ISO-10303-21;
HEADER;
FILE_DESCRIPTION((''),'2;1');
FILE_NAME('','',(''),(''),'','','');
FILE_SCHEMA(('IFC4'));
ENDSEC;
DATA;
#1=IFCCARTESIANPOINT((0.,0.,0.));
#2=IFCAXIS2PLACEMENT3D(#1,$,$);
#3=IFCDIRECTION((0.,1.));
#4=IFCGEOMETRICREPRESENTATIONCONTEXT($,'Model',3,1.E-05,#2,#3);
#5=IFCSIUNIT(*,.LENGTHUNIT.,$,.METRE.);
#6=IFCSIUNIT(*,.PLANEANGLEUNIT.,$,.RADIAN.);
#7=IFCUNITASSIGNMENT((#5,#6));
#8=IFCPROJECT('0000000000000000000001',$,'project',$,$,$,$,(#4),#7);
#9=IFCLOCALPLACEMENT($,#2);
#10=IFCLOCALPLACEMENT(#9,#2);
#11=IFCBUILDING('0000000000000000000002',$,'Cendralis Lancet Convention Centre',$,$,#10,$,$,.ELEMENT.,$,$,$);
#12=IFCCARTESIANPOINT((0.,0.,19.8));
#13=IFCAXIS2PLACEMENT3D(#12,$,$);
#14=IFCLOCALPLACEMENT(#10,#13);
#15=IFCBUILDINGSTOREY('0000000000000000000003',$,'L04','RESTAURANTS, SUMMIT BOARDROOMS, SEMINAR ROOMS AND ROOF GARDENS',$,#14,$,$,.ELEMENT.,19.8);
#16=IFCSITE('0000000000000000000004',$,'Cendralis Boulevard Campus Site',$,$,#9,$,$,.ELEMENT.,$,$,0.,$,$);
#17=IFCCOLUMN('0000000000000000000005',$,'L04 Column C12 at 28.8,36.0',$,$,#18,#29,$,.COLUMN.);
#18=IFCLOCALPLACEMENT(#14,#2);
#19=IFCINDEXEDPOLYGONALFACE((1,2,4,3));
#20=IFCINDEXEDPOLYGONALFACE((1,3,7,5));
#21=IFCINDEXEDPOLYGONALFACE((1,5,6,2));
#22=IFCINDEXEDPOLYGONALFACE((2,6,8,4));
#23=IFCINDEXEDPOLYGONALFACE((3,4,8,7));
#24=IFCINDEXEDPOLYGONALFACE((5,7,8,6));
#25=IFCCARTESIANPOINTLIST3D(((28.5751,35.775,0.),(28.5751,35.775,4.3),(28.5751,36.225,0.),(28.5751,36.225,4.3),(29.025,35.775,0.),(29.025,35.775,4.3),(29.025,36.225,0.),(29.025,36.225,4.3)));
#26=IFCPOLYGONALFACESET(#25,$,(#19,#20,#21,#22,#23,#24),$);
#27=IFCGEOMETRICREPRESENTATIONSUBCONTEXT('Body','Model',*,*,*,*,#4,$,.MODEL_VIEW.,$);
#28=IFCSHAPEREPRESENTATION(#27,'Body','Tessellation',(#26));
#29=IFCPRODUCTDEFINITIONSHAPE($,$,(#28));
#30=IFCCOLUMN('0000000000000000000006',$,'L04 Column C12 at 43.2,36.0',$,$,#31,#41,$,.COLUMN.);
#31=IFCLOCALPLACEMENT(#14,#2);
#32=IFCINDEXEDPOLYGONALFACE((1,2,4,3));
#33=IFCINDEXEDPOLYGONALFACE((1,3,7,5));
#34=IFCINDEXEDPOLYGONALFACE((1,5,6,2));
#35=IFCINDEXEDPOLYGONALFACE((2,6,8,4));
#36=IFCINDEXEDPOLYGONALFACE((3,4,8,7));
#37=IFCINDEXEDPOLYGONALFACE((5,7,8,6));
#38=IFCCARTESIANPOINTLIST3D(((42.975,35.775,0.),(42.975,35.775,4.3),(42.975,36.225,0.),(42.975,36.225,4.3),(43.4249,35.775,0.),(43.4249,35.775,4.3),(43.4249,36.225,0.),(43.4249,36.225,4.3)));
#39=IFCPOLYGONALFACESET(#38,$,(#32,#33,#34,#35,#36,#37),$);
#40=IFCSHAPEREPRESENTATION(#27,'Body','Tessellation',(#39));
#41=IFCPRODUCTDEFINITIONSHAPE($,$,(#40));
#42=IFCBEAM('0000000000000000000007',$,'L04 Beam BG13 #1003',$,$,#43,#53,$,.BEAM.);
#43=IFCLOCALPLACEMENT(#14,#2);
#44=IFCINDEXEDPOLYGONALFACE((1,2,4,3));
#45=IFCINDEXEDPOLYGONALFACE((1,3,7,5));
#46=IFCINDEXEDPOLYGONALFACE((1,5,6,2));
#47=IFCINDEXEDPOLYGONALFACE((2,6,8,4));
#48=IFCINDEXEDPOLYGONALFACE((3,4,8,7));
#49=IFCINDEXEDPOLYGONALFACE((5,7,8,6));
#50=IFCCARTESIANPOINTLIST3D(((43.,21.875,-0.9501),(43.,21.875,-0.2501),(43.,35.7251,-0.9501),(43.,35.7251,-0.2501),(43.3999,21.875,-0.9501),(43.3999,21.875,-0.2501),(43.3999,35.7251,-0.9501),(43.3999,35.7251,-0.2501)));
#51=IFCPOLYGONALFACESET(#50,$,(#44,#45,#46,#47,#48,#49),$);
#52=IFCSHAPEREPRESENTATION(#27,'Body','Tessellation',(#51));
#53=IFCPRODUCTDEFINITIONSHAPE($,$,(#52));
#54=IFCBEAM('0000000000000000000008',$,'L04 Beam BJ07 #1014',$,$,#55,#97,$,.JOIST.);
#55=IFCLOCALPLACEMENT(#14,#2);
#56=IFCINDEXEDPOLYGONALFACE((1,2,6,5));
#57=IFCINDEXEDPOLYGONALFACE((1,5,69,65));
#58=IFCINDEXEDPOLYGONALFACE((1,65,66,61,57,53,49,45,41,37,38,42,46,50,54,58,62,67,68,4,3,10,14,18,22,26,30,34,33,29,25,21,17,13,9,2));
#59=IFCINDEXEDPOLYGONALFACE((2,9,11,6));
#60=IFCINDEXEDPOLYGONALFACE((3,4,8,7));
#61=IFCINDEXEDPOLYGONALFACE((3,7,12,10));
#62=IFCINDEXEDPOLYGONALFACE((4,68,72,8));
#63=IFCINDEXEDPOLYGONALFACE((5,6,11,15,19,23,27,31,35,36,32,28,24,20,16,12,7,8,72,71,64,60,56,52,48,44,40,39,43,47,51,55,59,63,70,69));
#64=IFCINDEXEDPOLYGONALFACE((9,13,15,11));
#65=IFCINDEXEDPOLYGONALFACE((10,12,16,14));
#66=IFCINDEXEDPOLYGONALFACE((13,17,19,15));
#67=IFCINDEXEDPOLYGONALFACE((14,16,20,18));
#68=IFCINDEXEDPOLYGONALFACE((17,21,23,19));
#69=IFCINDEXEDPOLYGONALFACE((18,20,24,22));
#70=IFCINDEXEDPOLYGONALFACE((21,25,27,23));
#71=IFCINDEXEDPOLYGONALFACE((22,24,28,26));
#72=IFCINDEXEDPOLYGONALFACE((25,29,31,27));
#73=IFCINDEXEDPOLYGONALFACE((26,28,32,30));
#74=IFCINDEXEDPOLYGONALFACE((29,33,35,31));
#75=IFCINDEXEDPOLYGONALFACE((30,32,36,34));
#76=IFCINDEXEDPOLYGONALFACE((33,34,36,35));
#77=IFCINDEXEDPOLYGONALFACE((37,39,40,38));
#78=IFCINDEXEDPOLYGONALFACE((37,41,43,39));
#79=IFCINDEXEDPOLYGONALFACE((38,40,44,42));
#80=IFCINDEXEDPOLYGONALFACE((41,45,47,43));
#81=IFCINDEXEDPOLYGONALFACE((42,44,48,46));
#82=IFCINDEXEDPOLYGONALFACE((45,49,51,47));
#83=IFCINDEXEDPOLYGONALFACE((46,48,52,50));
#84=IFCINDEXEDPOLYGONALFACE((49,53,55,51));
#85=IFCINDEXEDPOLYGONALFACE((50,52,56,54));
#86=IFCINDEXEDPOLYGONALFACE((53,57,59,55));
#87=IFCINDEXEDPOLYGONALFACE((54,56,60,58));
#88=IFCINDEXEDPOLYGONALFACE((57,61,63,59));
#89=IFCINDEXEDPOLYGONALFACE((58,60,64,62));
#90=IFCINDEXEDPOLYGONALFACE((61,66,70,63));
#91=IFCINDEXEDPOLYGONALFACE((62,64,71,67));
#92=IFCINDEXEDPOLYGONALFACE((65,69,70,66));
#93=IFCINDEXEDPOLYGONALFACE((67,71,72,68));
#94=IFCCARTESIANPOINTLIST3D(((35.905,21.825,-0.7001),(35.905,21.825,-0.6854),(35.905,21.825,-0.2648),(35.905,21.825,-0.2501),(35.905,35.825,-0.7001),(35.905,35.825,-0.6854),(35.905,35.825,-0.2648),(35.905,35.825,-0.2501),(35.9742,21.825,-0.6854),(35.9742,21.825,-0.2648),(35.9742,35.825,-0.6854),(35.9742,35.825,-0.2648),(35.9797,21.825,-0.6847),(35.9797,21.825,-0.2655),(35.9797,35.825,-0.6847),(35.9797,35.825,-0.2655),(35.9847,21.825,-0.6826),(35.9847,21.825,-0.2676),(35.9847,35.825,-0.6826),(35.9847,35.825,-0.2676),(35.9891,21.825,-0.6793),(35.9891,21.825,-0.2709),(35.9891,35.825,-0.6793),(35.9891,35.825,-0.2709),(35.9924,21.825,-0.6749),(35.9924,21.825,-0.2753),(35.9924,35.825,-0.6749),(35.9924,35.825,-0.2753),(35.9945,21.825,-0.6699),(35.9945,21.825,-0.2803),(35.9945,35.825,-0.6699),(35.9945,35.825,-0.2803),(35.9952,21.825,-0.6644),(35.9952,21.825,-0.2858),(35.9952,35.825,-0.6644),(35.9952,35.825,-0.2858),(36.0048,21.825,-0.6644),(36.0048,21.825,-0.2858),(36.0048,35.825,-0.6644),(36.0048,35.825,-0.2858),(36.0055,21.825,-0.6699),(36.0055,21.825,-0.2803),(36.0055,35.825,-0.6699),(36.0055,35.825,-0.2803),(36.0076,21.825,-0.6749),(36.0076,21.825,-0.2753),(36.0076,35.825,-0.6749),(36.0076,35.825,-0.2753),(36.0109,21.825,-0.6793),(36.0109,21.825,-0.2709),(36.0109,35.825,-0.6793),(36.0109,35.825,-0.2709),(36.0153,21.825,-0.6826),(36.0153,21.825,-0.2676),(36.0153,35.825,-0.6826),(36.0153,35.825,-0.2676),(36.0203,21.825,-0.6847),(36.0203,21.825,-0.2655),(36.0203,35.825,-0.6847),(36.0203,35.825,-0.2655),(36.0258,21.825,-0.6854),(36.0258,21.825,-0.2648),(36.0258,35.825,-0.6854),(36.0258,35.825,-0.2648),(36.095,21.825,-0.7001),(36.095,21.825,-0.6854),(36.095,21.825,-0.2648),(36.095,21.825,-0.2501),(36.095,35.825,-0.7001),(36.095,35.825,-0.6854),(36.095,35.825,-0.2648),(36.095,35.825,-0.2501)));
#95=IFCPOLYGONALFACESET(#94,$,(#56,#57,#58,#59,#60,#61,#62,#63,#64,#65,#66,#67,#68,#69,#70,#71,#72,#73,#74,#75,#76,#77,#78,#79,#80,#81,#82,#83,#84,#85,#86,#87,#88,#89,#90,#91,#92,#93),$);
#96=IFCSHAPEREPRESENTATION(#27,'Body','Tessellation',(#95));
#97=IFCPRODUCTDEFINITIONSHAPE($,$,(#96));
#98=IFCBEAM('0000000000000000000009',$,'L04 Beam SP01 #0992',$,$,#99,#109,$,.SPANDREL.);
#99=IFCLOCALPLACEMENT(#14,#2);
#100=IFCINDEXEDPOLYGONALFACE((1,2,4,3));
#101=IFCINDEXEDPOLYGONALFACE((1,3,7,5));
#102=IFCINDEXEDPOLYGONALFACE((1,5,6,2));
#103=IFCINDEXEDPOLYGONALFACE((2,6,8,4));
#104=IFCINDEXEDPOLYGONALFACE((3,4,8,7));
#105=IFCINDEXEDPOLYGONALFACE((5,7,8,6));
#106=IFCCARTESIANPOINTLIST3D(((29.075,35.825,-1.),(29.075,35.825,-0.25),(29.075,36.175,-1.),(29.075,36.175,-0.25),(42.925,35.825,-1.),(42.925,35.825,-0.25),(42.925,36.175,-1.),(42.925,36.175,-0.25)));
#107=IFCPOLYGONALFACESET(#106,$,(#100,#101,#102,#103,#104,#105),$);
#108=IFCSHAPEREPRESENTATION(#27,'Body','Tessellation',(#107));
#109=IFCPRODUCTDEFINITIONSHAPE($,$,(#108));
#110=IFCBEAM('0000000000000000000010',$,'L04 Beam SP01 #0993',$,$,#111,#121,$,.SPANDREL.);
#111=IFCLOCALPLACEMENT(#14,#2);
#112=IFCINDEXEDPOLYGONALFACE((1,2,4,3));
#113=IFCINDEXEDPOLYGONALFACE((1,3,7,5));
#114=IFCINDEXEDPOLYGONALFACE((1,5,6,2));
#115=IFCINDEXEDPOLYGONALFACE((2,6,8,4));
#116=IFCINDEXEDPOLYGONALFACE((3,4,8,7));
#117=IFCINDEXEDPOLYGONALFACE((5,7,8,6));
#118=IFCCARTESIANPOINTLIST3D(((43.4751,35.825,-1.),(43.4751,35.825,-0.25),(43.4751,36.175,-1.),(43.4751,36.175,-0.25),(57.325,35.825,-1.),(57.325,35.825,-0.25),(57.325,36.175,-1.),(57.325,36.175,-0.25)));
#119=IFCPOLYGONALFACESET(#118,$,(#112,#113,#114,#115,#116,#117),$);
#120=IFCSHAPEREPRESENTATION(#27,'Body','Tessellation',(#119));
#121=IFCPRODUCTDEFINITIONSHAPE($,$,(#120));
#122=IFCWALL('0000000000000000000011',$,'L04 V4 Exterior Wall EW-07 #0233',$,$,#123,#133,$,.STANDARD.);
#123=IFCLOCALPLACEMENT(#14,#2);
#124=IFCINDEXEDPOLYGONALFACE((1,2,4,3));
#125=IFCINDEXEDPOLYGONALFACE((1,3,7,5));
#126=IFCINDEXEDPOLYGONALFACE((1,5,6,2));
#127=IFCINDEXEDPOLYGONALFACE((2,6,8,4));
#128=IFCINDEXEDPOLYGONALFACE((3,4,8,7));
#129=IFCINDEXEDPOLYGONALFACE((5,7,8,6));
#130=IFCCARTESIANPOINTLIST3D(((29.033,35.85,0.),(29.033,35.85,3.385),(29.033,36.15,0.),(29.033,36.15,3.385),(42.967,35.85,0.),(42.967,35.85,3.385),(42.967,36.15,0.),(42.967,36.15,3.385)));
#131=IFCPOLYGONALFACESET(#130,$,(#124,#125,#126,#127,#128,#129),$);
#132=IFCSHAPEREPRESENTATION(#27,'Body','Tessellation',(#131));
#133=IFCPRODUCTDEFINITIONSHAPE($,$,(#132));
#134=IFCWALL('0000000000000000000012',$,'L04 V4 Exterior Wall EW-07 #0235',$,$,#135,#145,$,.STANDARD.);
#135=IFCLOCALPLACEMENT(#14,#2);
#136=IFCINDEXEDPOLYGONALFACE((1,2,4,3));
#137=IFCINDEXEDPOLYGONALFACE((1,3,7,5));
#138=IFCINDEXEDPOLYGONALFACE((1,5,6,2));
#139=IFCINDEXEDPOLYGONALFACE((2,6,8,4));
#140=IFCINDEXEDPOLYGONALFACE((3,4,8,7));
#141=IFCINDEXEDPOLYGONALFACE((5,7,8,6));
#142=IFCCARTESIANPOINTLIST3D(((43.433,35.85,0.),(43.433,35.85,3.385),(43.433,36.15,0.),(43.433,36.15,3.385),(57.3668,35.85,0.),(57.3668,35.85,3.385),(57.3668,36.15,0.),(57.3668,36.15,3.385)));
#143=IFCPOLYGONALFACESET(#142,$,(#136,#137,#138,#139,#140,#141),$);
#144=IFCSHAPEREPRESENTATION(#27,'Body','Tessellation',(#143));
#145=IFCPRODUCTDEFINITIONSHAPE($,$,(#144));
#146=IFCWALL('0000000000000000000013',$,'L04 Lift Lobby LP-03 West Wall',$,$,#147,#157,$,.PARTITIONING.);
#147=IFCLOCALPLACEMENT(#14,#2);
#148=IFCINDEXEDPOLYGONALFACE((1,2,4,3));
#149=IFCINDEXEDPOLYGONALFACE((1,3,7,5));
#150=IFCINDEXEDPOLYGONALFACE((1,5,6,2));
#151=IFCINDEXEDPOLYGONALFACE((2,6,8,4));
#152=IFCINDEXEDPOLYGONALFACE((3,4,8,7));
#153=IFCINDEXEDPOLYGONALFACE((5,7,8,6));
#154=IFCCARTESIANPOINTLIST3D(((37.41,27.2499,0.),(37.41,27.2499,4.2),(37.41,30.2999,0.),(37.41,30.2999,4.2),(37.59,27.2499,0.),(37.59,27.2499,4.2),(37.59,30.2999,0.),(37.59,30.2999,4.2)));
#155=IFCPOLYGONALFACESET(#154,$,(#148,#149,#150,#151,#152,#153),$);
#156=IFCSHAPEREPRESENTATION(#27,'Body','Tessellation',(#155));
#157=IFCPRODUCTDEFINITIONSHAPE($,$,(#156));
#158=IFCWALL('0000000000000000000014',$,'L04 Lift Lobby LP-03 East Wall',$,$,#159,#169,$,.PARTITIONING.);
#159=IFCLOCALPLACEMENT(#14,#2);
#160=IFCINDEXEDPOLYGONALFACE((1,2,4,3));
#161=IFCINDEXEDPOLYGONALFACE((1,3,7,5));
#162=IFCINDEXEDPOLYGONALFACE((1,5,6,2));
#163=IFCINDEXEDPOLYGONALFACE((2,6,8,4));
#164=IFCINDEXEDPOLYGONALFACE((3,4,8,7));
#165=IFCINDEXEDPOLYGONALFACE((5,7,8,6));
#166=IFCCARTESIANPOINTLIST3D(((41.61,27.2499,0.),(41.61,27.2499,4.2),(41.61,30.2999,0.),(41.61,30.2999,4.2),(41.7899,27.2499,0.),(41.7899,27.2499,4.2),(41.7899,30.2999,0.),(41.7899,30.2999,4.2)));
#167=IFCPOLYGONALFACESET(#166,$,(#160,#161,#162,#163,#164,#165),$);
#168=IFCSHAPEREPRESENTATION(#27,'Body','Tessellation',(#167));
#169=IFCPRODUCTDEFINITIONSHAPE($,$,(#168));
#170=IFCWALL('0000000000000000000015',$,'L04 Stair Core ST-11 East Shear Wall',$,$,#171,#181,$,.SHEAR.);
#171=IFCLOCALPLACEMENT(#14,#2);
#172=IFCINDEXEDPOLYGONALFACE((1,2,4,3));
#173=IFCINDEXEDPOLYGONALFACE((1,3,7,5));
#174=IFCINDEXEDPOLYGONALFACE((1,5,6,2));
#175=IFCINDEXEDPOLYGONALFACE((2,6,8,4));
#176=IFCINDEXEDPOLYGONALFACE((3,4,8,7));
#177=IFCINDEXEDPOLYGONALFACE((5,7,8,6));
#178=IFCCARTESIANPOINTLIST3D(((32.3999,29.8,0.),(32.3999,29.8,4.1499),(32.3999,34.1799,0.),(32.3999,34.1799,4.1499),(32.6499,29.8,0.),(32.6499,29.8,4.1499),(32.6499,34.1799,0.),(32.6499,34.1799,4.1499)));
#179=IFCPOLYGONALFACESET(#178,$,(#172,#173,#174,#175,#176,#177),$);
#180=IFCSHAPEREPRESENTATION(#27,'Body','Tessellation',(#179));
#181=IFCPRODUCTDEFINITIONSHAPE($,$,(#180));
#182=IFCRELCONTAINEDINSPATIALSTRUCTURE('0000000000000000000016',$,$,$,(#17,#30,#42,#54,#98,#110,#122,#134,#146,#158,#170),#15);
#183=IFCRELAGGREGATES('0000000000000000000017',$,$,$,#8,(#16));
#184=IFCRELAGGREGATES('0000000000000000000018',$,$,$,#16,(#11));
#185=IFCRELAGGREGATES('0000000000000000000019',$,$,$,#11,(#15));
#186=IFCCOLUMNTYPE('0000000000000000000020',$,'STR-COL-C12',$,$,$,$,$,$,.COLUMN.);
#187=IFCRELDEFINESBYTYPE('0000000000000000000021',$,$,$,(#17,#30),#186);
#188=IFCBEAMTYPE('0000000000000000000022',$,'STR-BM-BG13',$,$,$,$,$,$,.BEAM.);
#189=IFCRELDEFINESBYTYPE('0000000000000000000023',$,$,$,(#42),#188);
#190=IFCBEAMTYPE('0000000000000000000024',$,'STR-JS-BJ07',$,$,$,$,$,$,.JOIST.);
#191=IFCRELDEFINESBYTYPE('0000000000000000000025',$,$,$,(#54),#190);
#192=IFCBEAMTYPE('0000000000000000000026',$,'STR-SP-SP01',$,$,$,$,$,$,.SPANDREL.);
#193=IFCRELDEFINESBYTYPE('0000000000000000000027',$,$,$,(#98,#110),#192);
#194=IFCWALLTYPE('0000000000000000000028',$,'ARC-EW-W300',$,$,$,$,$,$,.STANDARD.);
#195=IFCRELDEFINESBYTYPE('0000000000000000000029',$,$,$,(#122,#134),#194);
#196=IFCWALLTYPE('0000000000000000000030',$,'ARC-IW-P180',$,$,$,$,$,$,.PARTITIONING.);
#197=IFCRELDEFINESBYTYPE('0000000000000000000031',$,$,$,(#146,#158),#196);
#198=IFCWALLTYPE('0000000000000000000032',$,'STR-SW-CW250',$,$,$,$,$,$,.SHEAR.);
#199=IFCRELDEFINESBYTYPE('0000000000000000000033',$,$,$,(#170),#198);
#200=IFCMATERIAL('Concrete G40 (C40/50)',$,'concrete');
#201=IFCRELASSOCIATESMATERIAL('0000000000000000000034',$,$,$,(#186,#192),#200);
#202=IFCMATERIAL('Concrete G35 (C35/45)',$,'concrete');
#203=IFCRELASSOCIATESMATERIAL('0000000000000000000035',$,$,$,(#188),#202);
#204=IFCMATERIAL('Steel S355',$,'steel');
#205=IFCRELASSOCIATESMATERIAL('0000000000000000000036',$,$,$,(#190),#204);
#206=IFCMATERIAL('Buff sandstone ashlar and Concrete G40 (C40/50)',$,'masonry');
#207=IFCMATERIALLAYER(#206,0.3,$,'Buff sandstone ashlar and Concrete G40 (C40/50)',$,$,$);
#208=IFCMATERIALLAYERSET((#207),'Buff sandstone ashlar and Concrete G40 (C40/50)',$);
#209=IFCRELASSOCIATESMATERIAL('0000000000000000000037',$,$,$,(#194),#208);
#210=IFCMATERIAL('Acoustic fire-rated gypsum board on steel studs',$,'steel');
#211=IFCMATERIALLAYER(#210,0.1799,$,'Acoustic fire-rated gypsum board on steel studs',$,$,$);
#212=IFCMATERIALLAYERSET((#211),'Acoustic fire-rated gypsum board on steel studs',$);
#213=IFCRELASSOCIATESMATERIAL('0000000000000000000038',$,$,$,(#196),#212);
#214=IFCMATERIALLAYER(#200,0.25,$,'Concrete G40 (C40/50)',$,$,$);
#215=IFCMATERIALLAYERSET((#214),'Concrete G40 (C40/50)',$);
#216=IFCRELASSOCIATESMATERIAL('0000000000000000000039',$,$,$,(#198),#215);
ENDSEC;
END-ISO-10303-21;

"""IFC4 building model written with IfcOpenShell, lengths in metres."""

from ifc_helpers import new_model, si_unit, direction, frame, frame_2d, origin, origin_2d, place, context, subcontext, project, spatial, rectangle, i_section, extrude, material, layer, layer_set, material_profile, profile_set, type_object, element, save


model = new_model("IFC4")

# Units and contexts
model_context = context("Model", 3, precision=1e-05, world=origin(), true_north=direction((0.0, 1.0)))
body_context = subcontext(model_context, "Body", "Model", "MODEL_VIEW")
ifc_project = project(units=[si_unit("LENGTHUNIT", "METRE"), si_unit("PLANEANGLEUNIT", "RADIAN")], contexts=[model_context])

# Site, building, storey
site_placement = place(None, origin())
site = spatial("IfcSite", under=ifc_project, at=site_placement, Name="Cendralis Boulevard Campus Site", CompositionType="ELEMENT", RefElevation=0.0)
building_placement = place(site_placement, origin())
building = spatial("IfcBuilding", under=site, at=building_placement, Name="Cendralis Lancet Convention Centre", CompositionType="ELEMENT")
storey_placement = place(building_placement, frame((0.0, 0.0, 19.8)))
storey = spatial("IfcBuildingStorey", under=building, at=storey_placement, Name="L04", Description="RESTAURANTS, SUMMIT BOARDROOMS, SEMINAR ROOMS AND ROOF GARDENS", CompositionType="ELEMENT", Elevation=19.8)

# Columns
ifc_material_1 = material(Name="Concrete G40 (C40/50)", Category="concrete")
ifc_material_profile_1 = material_profile(ifc_material_1, rectangle(XDim=0.45, YDim=0.45, at=origin_2d()), Name="RC 450x450")
ifc_profile_set_1 = profile_set([ifc_material_profile_1], Name="Concrete G40 (C40/50)")
column_type = type_object("IfcColumnType", Name="STR-COL-C12", PredefinedType="COLUMN", material=ifc_profile_set_1)
for number, where, z_axis, x_axis, name in (
    (1, (28.8, 36.0, 0.0), (0.0, 0.0, 1.0), (1.0, 0.0, 0.0), "L04 Column C12 at 28.8,36.0"),
    (2, (43.2, 36.0, 0.0), (0.0, 0.0, 1.0), (1.0, 0.0, 0.0), "L04 Column C12 at 43.2,36.0"),
):
    element("IfcColumn", number, at=place(storey_placement, frame(where, z_axis=z_axis, x_axis=x_axis)), inside=storey, type_object=column_type, Name=name, PredefinedType="COLUMN", context=body_context, shape_type="SweptSolid", body=[
        extrude(rectangle(XDim=0.45, YDim=0.45, at=origin_2d()), origin(), (0.0, 0.0, 1.0), 4.3),
    ])

# Beams
ifc_material_2 = material(Name="Concrete G35 (C35/45)", Category="concrete")
ifc_material_profile_2 = material_profile(ifc_material_2, rectangle(XDim=0.3999, YDim=0.7, at=origin_2d()), Name="RCB 400x700")
ifc_profile_set_2 = profile_set([ifc_material_profile_2], Name="Concrete G35 (C35/45)")
beam_type_1 = type_object("IfcBeamType", Name="STR-BM-BG13", PredefinedType="BEAM", material=ifc_profile_set_2)
beam_1_placement = place(storey_placement, frame((43.2, 21.875, -0.6001), z_axis=(0.0, 1.0, 0.0), x_axis=(-1.0, 0.0, 0.0)))
element("IfcBeam", 3, at=beam_1_placement, inside=storey, type_object=beam_type_1, Name="L04 Beam BG13 #1003", PredefinedType="BEAM", context=body_context, shape_type="SweptSolid", body=[
    extrude(rectangle(XDim=0.3999, YDim=0.7, at=origin_2d()), origin(), (0.0, 0.0, 1.0), 13.8501),
])
ifc_material_3 = material(Name="Steel S355", Category="steel")
ifc_material_profile_3 = material_profile(ifc_material_3, i_section(OverallWidth=0.1899, OverallDepth=0.45, WebThickness=0.0095, FlangeThickness=0.0146, FilletRadius=0.021, at=origin_2d()), Name="IPE 450")
ifc_profile_set_3 = profile_set([ifc_material_profile_3], Name="Steel S355")
beam_type_2 = type_object("IfcBeamType", Name="STR-JS-BJ07", PredefinedType="JOIST", material=ifc_profile_set_3)
beam_2_placement = place(storey_placement, frame((36.0, 21.825, -0.4751), z_axis=(0.0, 1.0, 0.0), x_axis=(-1.0, 0.0, 0.0)))
element("IfcBeam", 4, at=beam_2_placement, inside=storey, type_object=beam_type_2, Name="L04 Beam BJ07 #1014", PredefinedType="JOIST", context=body_context, shape_type="SweptSolid", body=[
    extrude(i_section(OverallWidth=0.1899, OverallDepth=0.45, WebThickness=0.0095, FlangeThickness=0.0146, FilletRadius=0.021, at=origin_2d()), origin(), (0.0, 0.0, 1.0), 14.0),
])
ifc_material_profile_4 = material_profile(ifc_material_1, rectangle(XDim=0.3501, YDim=0.75, at=origin_2d()), Name="RCB 350x750")
ifc_profile_set_4 = profile_set([ifc_material_profile_4], Name="Concrete G40 (C40/50)")
beam_type_3 = type_object("IfcBeamType", Name="STR-SP-SP01", PredefinedType="SPANDREL", material=ifc_profile_set_4)
beam_3_placement = place(storey_placement, frame((29.075, 36.0, -0.625), z_axis=(1.0, 0.0, 0.0), x_axis=(0.0, 1.0, 0.0)))
element("IfcBeam", 5, at=beam_3_placement, inside=storey, type_object=beam_type_3, Name="L04 Beam SP01 #0992", PredefinedType="SPANDREL", context=body_context, shape_type="SweptSolid", body=[
    extrude(rectangle(XDim=0.3501, YDim=0.75, at=origin_2d()), origin(), (0.0, 0.0, 1.0), 13.8501),
])
beam_4_placement = place(storey_placement, frame((43.4751, 36.0, -0.625), z_axis=(1.0, 0.0, 0.0), x_axis=(0.0, 1.0, 0.0)))
element("IfcBeam", 6, at=beam_4_placement, inside=storey, type_object=beam_type_3, Name="L04 Beam SP01 #0993", PredefinedType="SPANDREL", context=body_context, shape_type="SweptSolid", body=[
    extrude(rectangle(XDim=0.3501, YDim=0.75, at=origin_2d()), origin(), (0.0, 0.0, 1.0), 13.8499),
])

# Walls
ifc_material_4 = material(Name="Buff sandstone ashlar and Concrete G40 (C40/50)", Category="masonry")
ifc_layer_1 = layer(ifc_material_4, 0.3, Name="Buff sandstone ashlar and Concrete G40 (C40/50)")
ifc_layer_set_1 = layer_set([ifc_layer_1], Name="Buff sandstone ashlar and Concrete G40 (C40/50)")
wall_type_1 = type_object("IfcWallType", Name="ARC-EW-W300", PredefinedType="STANDARD", material=ifc_layer_set_1)
wall_1_placement = place(storey_placement, frame((29.033, 36.0, 0.0), z_axis=(0.0, 0.0, 1.0), x_axis=(1.0, 0.0, 0.0)))
element("IfcWall", 7, at=wall_1_placement, inside=storey, type_object=wall_type_1, Name="L04 V4 Exterior Wall EW-07 #0233", PredefinedType="STANDARD", context=body_context, shape_type="SweptSolid", body=[
    extrude(rectangle(XDim=13.9341, YDim=0.3, at=frame_2d((6.967, 0.0))), origin(), (0.0, 0.0, 1.0), 3.385),
])
wall_2_placement = place(storey_placement, frame((43.4331, 36.0, 0.0), z_axis=(0.0, 0.0, 1.0), x_axis=(1.0, 0.0, 0.0)))
element("IfcWall", 8, at=wall_2_placement, inside=storey, type_object=wall_type_1, Name="L04 V4 Exterior Wall EW-07 #0235", PredefinedType="STANDARD", context=body_context, shape_type="SweptSolid", body=[
    extrude(rectangle(XDim=13.9338, YDim=0.3, at=frame_2d((6.9668, 0.0))), origin(), (0.0, 0.0, 1.0), 3.385),
])

# Shared definitions
ifc_material_5 = material(Name="Acoustic fire-rated gypsum board on steel studs", Category="steel")
ifc_layer_2 = layer(ifc_material_5, 0.1799, Name="Acoustic fire-rated gypsum board on steel studs")
ifc_layer_set_2 = layer_set([ifc_layer_2], Name="Acoustic fire-rated gypsum board on steel studs")
wall_type_2 = type_object("IfcWallType", Name="ARC-IW-P180", PredefinedType="PARTITIONING", material=ifc_layer_set_2)

# Walls
for number, where, z_axis, x_axis, name in (
    (9, (37.5, 27.25, 0.0), (0.0, 0.0, 1.0), (0.0, 1.0, 0.0), "L04 Lift Lobby LP-03 West Wall"),
    (10, (41.7, 27.25, 0.0), (0.0, 0.0, 1.0), (0.0, 1.0, 0.0), "L04 Lift Lobby LP-03 East Wall"),
):
    element("IfcWall", number, at=place(storey_placement, frame(where, z_axis=z_axis, x_axis=x_axis)), inside=storey, type_object=wall_type_2, Name=name, PredefinedType="PARTITIONING", context=body_context, shape_type="SweptSolid", body=[
        extrude(rectangle(XDim=3.05, YDim=0.1799, at=frame_2d((1.5249, 0.0))), origin(), (0.0, 0.0, 1.0), 4.2),
    ])
ifc_layer_3 = layer(ifc_material_1, 0.25, Name="Concrete G40 (C40/50)")
ifc_layer_set_3 = layer_set([ifc_layer_3], Name="Concrete G40 (C40/50)")
wall_type_3 = type_object("IfcWallType", Name="STR-SW-CW250", PredefinedType="SHEAR", material=ifc_layer_set_3)
wall_3_placement = place(storey_placement, frame((32.5249, 29.8, 0.0), z_axis=(0.0, 0.0, 1.0), x_axis=(0.0, 1.0, 0.0)))
element("IfcWall", 11, at=wall_3_placement, inside=storey, type_object=wall_type_3, Name="L04 Stair Core ST-11 East Shear Wall", PredefinedType="SHEAR", context=body_context, shape_type="SweptSolid", body=[
    extrude(rectangle(XDim=4.3799, YDim=0.25, at=frame_2d((2.1899, 0.0))), origin(), (0.0, 0.0, 1.0), 4.1499),
])

save(model, "model.ifc")
